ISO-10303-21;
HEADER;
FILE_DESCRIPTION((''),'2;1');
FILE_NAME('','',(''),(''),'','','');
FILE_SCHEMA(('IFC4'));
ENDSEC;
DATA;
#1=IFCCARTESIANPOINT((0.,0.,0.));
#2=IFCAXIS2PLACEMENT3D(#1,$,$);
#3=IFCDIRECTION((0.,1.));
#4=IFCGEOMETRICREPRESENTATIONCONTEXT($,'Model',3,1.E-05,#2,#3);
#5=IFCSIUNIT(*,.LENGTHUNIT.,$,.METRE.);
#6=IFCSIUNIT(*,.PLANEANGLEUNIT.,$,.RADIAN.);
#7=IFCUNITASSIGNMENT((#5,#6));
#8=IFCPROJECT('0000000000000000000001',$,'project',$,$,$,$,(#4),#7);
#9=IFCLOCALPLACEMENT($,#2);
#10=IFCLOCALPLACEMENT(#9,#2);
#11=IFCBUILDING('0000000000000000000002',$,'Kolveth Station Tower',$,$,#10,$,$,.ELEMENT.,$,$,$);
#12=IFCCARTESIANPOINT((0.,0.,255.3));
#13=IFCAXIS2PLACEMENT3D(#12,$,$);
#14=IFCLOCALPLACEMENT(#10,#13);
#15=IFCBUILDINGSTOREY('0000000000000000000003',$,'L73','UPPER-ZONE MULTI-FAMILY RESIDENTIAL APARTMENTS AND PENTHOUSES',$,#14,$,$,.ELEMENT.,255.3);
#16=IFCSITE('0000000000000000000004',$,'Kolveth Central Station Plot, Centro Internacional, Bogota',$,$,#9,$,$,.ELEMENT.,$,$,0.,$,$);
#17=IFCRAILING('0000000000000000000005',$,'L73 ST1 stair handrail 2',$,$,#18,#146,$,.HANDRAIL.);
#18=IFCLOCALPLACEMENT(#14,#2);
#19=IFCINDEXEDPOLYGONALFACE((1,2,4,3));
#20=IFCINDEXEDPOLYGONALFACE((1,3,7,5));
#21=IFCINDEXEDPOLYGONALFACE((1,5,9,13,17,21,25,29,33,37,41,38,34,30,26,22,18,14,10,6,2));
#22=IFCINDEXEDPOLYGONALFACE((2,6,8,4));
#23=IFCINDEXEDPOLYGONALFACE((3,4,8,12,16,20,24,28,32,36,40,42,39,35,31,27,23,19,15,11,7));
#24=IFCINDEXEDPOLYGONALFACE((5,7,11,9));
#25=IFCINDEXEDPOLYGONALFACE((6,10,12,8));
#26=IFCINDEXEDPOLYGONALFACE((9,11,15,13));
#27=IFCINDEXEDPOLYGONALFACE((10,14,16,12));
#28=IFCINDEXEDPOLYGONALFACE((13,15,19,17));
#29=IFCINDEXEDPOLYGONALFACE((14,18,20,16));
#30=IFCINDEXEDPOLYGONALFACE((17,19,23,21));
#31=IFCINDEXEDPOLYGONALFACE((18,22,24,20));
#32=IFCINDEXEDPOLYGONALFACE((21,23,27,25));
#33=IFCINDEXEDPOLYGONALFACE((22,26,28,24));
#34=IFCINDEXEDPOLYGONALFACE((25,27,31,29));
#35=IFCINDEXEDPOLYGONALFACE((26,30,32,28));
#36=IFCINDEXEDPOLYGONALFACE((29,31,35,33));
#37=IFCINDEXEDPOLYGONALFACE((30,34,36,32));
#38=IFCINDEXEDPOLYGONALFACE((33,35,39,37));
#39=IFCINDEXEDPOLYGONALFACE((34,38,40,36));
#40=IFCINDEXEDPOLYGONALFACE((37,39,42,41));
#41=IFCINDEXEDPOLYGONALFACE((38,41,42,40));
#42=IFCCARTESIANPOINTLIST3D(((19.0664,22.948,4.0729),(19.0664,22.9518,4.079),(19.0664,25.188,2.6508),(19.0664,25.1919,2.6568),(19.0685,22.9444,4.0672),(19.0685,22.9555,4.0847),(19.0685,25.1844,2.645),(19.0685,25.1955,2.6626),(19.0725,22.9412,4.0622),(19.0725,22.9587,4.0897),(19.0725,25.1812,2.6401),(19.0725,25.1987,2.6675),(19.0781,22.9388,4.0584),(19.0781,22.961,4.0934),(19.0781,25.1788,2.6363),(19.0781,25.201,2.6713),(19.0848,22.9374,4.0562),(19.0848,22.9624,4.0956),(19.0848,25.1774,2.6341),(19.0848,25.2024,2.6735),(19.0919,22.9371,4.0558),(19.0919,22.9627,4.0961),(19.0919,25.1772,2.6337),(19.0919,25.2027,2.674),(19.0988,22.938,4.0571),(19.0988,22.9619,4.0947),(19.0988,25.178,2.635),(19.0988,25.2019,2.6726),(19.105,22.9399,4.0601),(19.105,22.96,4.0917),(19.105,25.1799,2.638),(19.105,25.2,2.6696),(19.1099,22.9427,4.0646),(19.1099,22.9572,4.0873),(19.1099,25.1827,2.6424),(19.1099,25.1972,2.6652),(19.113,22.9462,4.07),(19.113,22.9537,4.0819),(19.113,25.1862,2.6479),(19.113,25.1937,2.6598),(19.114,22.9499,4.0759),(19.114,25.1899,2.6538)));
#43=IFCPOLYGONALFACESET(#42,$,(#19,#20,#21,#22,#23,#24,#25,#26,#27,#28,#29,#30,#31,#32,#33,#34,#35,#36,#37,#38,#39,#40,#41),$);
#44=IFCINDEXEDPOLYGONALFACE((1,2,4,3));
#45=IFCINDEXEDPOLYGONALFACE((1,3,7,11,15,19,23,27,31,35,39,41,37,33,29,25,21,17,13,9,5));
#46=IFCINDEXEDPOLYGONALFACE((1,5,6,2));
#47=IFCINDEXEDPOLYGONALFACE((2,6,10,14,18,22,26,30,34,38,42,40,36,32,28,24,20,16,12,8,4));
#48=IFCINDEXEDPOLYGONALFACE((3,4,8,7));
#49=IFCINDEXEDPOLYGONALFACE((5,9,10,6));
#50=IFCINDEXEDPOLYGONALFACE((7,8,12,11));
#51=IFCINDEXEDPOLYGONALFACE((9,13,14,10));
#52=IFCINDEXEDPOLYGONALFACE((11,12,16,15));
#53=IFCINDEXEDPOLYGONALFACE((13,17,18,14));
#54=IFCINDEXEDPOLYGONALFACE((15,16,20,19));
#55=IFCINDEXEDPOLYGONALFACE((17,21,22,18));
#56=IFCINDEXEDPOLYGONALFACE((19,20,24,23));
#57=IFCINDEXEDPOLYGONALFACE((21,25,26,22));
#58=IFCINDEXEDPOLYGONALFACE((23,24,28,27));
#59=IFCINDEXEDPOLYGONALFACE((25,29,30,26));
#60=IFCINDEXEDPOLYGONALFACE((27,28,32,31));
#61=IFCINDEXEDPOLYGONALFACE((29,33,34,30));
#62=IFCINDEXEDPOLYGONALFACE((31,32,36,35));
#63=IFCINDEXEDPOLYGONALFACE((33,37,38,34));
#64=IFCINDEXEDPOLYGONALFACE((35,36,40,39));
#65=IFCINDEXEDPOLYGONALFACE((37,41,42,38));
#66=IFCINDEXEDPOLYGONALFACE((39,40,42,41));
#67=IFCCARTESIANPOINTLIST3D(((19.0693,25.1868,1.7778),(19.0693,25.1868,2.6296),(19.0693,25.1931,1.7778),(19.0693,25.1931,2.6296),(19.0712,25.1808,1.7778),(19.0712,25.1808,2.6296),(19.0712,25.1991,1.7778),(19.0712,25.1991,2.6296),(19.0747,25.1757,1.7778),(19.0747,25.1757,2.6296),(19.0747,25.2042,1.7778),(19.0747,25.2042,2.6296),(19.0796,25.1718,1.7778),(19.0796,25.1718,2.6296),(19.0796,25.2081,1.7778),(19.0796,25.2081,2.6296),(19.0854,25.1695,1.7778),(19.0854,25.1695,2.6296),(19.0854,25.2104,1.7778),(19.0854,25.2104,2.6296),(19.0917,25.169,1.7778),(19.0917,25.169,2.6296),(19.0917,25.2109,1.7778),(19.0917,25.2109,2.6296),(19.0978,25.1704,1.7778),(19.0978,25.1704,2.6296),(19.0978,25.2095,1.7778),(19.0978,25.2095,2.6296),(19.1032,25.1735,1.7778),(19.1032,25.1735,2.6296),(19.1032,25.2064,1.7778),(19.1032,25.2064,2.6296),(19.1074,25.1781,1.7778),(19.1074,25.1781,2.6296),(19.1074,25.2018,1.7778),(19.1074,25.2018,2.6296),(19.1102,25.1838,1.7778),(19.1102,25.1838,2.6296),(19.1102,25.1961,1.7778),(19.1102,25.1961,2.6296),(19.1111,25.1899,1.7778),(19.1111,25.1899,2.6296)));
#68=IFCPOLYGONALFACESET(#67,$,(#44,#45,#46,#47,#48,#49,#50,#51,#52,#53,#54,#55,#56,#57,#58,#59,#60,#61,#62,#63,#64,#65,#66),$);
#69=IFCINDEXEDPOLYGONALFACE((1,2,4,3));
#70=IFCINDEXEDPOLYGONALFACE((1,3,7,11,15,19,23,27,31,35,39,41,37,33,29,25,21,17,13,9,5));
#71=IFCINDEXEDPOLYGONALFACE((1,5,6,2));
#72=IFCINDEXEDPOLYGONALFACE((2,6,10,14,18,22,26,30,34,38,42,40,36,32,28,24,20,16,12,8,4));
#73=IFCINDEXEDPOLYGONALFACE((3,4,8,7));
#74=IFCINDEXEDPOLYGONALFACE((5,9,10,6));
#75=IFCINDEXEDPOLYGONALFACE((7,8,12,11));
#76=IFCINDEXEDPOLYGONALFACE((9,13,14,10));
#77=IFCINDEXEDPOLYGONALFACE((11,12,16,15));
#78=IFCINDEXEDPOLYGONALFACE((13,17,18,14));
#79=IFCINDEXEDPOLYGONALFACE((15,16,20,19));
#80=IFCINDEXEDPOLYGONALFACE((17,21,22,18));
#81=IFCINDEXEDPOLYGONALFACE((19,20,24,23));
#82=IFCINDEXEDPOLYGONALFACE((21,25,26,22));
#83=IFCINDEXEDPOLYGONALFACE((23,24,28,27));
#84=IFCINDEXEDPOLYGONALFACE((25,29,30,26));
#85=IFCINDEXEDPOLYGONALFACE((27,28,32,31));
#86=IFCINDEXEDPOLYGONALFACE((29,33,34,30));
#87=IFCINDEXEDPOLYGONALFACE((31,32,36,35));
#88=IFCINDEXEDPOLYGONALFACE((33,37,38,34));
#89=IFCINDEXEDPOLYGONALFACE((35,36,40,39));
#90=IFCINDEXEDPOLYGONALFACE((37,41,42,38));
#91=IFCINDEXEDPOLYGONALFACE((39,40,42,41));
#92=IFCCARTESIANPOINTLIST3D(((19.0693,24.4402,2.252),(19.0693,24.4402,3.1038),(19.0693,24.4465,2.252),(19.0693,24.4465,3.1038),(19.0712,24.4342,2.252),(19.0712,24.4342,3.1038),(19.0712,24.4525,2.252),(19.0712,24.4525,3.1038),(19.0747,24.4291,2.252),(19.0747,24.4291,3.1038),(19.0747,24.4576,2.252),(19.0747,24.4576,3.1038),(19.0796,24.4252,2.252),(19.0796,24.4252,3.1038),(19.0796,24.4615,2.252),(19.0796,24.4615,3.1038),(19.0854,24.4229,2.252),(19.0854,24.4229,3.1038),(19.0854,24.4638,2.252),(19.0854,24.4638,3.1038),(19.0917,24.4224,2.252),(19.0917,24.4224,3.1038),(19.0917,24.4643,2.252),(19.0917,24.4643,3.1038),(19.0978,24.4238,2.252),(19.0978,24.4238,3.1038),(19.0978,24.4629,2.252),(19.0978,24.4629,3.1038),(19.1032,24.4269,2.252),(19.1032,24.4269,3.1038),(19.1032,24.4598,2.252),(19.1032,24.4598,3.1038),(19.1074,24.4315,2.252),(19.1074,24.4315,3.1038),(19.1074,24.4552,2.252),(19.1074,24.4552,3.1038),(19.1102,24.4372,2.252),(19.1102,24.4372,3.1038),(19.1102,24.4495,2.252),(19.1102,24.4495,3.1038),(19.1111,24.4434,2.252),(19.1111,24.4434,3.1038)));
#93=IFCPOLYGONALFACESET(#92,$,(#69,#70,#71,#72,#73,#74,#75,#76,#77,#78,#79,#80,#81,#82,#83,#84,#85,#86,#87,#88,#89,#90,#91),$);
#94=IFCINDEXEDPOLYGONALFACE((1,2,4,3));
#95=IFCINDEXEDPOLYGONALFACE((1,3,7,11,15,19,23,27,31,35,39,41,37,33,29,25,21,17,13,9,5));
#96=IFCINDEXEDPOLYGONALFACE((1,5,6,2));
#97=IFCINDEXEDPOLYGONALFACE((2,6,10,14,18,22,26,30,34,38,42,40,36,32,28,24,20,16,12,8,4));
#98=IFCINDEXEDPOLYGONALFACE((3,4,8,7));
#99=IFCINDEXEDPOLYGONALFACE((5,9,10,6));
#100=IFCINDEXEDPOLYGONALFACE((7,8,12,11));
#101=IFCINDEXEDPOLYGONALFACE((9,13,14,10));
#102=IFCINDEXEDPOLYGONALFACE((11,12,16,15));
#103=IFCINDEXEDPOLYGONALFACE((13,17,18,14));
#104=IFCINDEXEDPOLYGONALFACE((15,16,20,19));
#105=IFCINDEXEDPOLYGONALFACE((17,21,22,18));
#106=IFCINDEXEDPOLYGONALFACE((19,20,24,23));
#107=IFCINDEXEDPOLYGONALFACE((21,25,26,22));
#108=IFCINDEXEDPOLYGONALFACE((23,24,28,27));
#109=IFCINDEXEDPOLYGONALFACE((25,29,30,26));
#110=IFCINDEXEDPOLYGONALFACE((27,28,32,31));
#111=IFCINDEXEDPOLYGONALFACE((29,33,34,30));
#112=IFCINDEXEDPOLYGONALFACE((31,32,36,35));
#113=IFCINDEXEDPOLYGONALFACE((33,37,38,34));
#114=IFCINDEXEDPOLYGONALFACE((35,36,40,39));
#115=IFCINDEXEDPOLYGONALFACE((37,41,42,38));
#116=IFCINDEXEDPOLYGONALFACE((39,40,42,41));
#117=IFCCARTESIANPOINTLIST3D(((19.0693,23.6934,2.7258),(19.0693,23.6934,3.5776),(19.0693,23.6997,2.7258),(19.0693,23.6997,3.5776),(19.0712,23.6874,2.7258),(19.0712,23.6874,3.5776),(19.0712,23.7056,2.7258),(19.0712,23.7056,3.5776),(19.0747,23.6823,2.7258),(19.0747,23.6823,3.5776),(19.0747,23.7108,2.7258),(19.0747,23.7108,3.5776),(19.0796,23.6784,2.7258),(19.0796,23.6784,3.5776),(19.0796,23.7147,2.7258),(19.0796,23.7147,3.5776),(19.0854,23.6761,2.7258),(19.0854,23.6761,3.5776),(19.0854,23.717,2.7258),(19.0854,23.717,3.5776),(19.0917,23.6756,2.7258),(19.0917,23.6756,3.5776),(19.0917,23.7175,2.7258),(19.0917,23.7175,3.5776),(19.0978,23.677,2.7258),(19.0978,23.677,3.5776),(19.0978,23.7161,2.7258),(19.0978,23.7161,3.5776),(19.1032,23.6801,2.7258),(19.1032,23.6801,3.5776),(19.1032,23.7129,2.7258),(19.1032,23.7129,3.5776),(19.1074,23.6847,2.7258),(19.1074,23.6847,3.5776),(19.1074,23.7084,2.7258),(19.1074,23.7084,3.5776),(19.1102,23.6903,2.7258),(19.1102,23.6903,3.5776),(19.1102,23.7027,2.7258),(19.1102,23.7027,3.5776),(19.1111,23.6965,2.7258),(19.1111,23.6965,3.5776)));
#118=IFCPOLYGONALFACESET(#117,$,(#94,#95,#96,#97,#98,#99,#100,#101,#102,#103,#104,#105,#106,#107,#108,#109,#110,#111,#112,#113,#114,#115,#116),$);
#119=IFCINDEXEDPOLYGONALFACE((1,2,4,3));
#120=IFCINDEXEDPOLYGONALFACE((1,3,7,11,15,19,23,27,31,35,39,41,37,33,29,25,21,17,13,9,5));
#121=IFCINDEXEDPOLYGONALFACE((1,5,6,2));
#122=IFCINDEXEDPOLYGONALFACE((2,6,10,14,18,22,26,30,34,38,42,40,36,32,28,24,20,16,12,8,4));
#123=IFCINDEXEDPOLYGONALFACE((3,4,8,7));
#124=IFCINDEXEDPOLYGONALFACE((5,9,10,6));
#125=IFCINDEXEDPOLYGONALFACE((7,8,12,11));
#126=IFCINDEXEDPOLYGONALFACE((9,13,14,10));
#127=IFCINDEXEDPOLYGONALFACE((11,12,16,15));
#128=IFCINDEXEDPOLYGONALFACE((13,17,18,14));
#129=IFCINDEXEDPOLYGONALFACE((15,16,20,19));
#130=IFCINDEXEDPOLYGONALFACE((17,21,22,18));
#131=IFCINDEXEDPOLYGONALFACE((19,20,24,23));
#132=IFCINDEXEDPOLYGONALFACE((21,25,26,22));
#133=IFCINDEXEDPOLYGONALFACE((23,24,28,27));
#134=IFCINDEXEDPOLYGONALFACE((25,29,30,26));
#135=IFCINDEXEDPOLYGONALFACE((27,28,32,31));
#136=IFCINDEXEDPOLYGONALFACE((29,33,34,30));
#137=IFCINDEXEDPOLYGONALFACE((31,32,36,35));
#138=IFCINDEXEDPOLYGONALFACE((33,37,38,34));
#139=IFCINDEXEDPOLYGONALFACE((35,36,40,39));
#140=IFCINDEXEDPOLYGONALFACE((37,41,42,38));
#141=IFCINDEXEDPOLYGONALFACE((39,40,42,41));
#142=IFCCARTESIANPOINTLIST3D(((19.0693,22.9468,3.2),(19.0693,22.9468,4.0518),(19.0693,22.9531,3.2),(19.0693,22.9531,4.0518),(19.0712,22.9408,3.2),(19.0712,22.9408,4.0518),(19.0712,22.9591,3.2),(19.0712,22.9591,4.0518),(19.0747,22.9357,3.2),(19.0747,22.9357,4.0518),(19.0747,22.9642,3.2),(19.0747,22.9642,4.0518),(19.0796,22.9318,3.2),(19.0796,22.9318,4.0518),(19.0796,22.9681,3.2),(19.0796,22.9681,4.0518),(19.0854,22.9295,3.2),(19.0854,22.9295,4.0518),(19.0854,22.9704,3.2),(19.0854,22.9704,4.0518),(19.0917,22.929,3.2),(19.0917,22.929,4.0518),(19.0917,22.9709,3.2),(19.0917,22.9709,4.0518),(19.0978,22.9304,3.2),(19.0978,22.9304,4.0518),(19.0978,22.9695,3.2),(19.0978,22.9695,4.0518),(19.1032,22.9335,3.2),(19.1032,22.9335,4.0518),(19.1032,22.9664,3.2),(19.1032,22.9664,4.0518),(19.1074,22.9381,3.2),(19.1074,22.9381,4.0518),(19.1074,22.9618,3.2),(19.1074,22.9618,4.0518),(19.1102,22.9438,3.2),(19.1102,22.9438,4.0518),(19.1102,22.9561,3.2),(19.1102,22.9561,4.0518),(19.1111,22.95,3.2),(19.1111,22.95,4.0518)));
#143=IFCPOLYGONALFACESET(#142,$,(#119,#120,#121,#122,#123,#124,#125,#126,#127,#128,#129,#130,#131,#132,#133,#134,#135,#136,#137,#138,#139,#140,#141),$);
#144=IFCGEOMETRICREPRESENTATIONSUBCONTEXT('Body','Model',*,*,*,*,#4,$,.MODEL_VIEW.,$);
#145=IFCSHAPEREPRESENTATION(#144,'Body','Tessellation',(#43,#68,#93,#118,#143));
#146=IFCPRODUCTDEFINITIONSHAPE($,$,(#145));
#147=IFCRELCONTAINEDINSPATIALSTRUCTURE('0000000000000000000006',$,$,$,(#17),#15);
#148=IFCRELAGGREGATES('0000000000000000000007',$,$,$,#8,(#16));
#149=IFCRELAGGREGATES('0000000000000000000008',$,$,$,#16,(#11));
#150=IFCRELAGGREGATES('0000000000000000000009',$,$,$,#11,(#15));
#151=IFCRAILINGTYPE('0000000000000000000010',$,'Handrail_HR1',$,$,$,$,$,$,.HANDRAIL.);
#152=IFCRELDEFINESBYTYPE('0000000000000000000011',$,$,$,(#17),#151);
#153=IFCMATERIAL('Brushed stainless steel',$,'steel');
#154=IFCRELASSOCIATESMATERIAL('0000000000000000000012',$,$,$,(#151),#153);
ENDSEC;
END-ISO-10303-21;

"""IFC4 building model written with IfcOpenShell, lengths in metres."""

from ifc_helpers import new_model, si_unit, direction, frame, origin, origin_2d, place, context, subcontext, project, spatial, circle, extrude, material, type_object, element, save


model = new_model("IFC4")

# Units and contexts
model_context = context("Model", 3, precision=1e-05, world=origin(), true_north=direction((0.0, 1.0)))
body_context = subcontext(model_context, "Body", "Model", "MODEL_VIEW")
ifc_project = project(units=[si_unit("LENGTHUNIT", "METRE"), si_unit("PLANEANGLEUNIT", "RADIAN")], contexts=[model_context])

# Site, building, storey
site_placement = place(None, origin())
site = spatial("IfcSite", under=ifc_project, at=site_placement, Name="Kolveth Central Station Plot, Centro Internacional, Bogota", CompositionType="ELEMENT", RefElevation=0.0)
building_placement = place(site_placement, origin())
building = spatial("IfcBuilding", under=site, at=building_placement, Name="Kolveth Station Tower", CompositionType="ELEMENT")
storey_placement = place(building_placement, frame((0.0, 0.0, 255.3)))
storey = spatial("IfcBuildingStorey", under=building, at=storey_placement, Name="L73", Description="UPPER-ZONE MULTI-FAMILY RESIDENTIAL APARTMENTS AND PENTHOUSES", CompositionType="ELEMENT", Elevation=255.3)

# Railing
ifc_material_1 = material(Name="Brushed stainless steel", Category="steel")
railing_type_1 = type_object("IfcRailingType", Name="Handrail_HR1", PredefinedType="HANDRAIL", material=ifc_material_1)
railing_1_placement = place(storey_placement, frame((19.0901, 25.1899, 1.7778)))
element("IfcRailing", 1, at=railing_1_placement, inside=storey, type_object=railing_type_1, Name="L73 ST1 stair handrail 2", PredefinedType="HANDRAIL", context=body_context, shape_type="SweptSolid", body=[
    extrude(circle(Radius=0.0239, at=origin_2d()), frame((0.0, 0.0, 0.876), z_axis=(0.0, -0.844229, 0.535982), x_axis=(1.0, 0.0, 0.0)), (0.0, 0.0, 1.0), 2.6533),
    extrude(circle(Radius=0.021, at=origin_2d()), origin(), (0.0, 0.0, 1.0), 0.8518),
    extrude(circle(Radius=0.021, at=origin_2d()), frame((0.0, -0.7466, 0.4741)), (0.0, 0.0, 1.0), 0.8518),
    extrude(circle(Radius=0.021, at=origin_2d()), frame((0.0, -1.4934, 0.948)), (0.0, 0.0, 1.0), 0.8518),
    extrude(circle(Radius=0.021, at=origin_2d()), frame((0.0, -2.24, 1.4221)), (0.0, 0.0, 1.0), 0.8518),
])

save(model, "model.ifc")
